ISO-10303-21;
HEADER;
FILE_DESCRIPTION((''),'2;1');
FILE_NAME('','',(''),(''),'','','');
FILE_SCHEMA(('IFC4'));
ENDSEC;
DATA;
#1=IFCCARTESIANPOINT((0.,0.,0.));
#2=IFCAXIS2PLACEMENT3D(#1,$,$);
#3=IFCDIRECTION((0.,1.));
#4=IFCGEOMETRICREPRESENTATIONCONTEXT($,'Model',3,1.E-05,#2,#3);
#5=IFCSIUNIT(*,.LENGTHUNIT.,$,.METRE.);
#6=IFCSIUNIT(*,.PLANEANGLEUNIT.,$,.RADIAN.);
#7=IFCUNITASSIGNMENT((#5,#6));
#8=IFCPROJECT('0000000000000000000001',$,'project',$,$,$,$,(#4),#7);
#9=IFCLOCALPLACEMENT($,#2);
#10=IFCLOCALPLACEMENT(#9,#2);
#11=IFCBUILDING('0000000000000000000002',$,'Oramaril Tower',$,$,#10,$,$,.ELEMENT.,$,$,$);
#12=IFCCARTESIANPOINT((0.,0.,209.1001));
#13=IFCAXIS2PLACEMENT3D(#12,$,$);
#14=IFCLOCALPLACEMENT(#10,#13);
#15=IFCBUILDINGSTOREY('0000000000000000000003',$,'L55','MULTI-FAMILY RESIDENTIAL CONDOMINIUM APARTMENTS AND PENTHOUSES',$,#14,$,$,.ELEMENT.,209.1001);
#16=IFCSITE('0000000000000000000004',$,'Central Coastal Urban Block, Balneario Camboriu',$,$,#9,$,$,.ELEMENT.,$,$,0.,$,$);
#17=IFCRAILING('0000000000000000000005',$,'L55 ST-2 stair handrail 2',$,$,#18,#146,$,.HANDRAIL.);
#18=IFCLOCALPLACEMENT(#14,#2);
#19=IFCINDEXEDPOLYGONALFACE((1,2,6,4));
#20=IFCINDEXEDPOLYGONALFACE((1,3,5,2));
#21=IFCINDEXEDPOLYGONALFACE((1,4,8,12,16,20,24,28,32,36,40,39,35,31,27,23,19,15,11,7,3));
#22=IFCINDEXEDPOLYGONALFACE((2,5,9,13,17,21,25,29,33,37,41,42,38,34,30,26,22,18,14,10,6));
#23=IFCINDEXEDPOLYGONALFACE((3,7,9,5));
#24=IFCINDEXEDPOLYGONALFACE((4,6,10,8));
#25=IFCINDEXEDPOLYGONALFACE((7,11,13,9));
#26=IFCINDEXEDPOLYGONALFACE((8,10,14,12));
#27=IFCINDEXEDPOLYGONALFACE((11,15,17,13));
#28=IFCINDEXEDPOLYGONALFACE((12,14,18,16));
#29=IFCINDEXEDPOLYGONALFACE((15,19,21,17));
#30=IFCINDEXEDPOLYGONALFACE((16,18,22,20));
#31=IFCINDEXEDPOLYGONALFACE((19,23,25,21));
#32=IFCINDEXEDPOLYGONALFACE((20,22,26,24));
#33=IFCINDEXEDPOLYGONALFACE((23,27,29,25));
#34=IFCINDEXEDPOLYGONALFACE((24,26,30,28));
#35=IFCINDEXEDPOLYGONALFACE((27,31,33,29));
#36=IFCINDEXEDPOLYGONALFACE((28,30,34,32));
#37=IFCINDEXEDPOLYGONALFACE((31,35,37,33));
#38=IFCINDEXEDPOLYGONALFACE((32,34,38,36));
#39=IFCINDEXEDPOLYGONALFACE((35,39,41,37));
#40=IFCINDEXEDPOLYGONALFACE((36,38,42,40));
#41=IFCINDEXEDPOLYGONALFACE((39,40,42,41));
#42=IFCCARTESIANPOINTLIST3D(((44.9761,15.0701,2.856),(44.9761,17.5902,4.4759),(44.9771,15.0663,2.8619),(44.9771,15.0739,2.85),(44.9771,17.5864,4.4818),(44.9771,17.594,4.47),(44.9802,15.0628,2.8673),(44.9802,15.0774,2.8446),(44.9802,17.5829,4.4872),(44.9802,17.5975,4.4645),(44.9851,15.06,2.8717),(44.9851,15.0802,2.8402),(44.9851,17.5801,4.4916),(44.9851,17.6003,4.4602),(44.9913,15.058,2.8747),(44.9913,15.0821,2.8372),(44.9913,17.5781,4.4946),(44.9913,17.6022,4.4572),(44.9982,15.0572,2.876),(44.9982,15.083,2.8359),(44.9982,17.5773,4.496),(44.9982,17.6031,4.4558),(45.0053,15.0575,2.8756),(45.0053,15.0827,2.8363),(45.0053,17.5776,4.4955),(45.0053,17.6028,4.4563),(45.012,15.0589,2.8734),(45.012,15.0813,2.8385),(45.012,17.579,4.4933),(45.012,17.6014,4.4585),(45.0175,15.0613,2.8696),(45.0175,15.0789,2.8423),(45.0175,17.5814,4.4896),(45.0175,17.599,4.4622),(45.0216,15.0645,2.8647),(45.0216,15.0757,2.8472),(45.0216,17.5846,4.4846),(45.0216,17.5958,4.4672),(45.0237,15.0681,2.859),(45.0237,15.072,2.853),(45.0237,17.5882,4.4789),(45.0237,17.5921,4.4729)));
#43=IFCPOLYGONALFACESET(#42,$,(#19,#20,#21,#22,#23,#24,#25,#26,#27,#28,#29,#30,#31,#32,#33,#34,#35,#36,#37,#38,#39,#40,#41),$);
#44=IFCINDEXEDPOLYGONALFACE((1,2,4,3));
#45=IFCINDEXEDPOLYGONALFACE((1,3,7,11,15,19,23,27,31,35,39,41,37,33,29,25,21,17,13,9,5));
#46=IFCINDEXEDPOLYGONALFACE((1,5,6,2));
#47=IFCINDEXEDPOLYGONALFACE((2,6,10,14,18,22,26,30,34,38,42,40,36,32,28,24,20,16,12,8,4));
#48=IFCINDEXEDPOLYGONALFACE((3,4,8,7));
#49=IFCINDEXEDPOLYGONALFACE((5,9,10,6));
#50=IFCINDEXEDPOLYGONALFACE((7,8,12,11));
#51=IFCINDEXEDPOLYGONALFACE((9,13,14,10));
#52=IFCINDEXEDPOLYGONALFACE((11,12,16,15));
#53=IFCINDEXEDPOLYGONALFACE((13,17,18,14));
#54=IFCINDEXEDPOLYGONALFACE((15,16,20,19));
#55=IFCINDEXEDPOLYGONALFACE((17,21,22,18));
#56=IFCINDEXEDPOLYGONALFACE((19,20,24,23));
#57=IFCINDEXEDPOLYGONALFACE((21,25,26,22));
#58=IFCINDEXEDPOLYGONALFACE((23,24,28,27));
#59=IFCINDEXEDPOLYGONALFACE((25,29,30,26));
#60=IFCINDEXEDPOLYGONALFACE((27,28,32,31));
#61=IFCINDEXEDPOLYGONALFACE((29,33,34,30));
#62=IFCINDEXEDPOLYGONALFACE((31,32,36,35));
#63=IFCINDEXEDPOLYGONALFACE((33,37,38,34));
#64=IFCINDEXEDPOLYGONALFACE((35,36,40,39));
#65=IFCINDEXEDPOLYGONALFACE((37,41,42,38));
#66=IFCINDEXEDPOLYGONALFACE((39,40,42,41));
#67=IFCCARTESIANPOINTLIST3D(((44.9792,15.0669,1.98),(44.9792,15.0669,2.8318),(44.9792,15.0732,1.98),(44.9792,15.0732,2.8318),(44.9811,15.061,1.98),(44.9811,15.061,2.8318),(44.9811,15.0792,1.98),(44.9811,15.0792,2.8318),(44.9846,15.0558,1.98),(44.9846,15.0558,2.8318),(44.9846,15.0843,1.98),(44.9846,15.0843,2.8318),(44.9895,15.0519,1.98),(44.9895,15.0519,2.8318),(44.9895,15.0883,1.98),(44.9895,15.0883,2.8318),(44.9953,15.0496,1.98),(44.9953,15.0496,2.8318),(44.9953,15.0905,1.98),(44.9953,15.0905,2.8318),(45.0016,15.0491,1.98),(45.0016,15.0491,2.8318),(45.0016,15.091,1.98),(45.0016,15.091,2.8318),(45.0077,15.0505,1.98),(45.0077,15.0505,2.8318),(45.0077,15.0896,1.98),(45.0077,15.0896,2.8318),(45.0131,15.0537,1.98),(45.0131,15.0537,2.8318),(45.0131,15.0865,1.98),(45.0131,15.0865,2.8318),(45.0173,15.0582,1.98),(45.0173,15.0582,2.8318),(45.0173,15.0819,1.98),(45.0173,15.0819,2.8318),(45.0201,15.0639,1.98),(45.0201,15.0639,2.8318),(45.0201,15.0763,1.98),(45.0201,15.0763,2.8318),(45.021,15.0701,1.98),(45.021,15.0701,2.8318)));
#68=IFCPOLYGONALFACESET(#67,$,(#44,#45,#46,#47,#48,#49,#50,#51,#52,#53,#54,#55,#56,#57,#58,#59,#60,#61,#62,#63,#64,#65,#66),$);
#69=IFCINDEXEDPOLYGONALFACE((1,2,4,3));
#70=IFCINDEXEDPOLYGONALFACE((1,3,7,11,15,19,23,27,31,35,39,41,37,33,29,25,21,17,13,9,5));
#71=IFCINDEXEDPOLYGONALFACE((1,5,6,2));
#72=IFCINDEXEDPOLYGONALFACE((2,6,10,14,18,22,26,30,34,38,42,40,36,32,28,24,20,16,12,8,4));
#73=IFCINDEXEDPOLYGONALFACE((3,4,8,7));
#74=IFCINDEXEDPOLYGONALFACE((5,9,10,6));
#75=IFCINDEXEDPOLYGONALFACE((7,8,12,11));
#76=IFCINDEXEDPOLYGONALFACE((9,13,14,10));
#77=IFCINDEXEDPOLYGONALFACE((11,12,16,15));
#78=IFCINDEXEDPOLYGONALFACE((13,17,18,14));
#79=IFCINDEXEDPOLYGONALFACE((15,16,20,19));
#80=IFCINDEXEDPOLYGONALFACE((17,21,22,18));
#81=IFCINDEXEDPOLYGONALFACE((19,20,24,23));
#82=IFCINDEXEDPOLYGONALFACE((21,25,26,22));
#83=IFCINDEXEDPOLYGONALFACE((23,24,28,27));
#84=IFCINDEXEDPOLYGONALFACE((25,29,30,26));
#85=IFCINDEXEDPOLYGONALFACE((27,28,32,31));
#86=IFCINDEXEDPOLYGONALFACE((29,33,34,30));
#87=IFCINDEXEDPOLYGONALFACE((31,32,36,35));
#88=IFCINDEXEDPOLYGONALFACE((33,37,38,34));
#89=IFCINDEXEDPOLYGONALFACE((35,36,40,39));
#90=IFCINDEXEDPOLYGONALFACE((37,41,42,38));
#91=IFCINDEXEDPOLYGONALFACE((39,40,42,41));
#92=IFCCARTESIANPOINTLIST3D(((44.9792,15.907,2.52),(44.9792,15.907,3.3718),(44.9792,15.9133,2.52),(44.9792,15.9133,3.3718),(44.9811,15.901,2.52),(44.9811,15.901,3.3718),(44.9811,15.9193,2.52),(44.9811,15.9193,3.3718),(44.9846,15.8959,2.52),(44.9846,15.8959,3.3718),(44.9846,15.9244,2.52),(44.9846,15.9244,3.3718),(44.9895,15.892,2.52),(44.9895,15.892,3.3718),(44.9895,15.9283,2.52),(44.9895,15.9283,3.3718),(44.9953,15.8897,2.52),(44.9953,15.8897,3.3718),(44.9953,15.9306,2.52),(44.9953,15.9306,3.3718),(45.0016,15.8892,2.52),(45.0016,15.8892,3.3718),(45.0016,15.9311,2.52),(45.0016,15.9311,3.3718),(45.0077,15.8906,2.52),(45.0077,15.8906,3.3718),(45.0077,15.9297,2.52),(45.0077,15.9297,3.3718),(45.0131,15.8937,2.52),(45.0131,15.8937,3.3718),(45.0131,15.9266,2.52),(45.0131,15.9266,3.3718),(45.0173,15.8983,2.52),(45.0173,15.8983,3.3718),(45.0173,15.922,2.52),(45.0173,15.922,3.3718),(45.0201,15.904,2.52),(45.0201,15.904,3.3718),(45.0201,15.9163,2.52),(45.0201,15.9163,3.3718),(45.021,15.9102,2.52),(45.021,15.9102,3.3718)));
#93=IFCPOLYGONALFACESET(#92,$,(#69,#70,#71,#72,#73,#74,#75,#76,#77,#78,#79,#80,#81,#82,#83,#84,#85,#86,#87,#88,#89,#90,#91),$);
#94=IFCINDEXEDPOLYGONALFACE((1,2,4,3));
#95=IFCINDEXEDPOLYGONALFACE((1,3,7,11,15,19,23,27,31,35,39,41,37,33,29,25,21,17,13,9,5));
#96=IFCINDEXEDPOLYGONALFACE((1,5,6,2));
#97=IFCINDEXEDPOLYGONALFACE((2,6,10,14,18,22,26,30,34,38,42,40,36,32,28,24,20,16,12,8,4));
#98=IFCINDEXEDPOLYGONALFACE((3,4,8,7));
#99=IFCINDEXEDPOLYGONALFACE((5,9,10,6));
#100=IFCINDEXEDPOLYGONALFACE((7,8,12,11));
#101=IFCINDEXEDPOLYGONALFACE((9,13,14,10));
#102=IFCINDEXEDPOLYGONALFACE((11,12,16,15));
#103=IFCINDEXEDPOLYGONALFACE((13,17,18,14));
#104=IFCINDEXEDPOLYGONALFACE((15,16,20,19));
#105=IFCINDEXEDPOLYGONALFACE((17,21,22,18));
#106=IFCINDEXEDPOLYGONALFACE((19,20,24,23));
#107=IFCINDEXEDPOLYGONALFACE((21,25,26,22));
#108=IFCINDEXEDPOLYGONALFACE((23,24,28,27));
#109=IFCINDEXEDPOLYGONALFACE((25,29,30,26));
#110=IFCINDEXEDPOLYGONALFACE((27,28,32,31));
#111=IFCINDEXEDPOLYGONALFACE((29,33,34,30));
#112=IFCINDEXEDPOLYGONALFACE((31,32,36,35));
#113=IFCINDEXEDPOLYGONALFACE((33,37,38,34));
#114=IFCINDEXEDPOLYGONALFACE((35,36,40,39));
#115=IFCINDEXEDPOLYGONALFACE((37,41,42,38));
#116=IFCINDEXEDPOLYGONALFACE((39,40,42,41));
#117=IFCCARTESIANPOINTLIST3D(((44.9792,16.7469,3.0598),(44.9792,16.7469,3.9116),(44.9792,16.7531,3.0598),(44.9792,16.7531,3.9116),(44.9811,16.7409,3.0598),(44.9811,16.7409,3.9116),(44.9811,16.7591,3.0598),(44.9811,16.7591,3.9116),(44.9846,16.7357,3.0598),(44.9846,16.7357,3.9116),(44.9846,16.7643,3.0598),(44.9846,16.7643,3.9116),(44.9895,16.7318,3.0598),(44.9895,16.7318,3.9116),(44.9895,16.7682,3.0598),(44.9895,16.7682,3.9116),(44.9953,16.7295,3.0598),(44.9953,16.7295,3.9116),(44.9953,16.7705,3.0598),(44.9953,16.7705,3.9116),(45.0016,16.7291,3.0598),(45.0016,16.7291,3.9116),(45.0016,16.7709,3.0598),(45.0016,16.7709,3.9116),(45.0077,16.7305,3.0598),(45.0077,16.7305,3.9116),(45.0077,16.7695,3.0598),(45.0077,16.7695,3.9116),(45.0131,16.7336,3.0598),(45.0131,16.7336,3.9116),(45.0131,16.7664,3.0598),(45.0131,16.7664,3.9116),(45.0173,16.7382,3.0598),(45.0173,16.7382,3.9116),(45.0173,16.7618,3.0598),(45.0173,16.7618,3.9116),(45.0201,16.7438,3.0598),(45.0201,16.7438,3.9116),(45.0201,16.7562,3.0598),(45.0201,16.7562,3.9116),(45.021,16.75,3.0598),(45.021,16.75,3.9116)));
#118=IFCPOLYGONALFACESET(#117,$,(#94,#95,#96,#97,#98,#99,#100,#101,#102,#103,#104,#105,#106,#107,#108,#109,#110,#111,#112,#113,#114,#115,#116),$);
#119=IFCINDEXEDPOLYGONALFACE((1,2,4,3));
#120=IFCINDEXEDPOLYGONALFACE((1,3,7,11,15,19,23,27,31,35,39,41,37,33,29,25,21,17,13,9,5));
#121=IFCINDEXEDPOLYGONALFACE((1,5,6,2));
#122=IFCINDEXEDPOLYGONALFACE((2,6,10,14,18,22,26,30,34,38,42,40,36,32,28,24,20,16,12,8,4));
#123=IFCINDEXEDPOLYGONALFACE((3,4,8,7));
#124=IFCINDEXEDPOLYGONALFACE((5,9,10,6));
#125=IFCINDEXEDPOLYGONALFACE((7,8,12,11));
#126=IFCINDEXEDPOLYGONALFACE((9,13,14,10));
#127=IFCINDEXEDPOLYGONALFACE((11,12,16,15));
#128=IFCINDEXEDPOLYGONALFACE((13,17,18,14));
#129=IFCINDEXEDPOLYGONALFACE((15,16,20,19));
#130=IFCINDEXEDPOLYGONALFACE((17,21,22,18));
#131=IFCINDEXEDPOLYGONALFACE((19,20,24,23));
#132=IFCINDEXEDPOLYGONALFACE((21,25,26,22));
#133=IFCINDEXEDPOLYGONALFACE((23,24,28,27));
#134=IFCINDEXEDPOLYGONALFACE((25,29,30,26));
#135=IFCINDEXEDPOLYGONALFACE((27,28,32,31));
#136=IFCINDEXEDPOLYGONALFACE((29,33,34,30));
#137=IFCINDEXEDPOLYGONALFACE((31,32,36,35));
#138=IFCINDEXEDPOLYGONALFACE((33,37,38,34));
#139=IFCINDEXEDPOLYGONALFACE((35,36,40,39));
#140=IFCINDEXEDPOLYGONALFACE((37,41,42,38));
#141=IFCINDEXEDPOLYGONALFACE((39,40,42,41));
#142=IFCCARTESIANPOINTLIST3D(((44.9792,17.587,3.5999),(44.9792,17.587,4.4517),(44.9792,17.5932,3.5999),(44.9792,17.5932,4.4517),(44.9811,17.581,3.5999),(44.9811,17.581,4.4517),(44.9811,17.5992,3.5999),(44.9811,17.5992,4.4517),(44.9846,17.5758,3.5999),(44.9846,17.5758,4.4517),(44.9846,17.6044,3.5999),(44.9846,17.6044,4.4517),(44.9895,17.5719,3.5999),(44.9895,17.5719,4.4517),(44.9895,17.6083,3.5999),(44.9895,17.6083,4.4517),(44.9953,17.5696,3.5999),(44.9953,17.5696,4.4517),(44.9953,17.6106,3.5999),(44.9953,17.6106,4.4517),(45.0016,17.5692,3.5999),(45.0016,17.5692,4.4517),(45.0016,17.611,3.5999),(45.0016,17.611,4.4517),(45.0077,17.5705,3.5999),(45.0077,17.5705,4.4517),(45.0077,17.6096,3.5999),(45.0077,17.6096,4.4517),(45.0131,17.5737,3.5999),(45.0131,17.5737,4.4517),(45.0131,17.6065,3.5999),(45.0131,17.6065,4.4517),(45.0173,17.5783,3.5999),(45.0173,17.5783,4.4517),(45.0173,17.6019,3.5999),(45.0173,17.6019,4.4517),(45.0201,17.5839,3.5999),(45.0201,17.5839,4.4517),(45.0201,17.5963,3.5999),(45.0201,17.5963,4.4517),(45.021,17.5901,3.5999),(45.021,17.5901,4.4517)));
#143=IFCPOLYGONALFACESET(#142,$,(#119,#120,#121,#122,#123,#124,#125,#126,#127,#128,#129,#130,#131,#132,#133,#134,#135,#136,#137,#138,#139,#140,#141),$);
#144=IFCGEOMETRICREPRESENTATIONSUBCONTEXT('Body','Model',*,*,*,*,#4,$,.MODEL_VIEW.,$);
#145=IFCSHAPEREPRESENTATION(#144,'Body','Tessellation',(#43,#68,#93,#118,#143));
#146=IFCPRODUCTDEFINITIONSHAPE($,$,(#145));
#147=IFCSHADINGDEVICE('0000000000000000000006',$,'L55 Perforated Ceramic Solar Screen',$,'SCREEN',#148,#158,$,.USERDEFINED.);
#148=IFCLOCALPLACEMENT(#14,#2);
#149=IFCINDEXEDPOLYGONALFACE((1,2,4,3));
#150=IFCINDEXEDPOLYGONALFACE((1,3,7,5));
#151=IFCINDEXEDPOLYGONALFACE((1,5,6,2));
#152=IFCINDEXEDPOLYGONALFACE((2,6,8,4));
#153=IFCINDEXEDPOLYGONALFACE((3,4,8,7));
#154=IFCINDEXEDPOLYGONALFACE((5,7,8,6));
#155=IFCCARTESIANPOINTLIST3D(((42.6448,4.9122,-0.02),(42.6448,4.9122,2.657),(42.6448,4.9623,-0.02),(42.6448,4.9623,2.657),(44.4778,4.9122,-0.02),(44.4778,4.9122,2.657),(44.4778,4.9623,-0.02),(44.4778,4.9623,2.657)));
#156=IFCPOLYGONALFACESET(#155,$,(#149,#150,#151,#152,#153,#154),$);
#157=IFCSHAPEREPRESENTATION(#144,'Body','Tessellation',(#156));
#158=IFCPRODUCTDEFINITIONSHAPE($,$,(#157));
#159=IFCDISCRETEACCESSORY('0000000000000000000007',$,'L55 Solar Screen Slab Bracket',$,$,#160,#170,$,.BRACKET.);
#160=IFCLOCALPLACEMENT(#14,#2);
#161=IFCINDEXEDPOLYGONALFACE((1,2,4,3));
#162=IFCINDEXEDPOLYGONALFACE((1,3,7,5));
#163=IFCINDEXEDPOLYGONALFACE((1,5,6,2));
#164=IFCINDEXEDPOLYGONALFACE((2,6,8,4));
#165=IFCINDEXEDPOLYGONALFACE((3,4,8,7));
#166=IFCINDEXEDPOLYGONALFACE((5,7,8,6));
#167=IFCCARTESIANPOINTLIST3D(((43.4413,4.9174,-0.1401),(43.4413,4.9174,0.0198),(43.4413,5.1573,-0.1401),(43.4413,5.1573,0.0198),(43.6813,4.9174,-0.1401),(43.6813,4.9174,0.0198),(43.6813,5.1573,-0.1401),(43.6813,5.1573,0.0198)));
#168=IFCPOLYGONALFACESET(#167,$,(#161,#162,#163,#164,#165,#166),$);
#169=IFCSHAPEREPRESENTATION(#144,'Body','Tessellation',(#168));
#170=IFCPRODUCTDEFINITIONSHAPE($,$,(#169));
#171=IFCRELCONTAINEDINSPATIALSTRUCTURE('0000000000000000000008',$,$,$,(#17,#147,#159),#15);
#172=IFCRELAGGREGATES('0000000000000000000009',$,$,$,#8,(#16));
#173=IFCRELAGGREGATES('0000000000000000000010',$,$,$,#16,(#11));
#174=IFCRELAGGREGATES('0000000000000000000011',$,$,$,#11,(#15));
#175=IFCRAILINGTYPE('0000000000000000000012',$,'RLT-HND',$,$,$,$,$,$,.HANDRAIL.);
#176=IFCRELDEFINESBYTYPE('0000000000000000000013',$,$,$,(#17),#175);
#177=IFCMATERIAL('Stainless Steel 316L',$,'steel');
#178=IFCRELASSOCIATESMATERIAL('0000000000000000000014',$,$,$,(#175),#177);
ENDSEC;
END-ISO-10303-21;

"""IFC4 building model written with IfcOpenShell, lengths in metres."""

from ifc_helpers import new_model, si_unit, direction, frame, origin, origin_2d, place, context, subcontext, project, spatial, rectangle, circle, extrude, material, type_object, element, save


model = new_model("IFC4")

# Units and contexts
model_context = context("Model", 3, precision=1e-05, world=origin(), true_north=direction((0.0, 1.0)))
body_context = subcontext(model_context, "Body", "Model", "MODEL_VIEW")
ifc_project = project(units=[si_unit("LENGTHUNIT", "METRE"), si_unit("PLANEANGLEUNIT", "RADIAN")], contexts=[model_context])

# Site, building, storey
site_placement = place(None, origin())
site = spatial("IfcSite", under=ifc_project, at=site_placement, Name="Central Coastal Urban Block, Balneario Camboriu", CompositionType="ELEMENT", RefElevation=0.0)
building_placement = place(site_placement, origin())
building = spatial("IfcBuilding", under=site, at=building_placement, Name="Oramaril Tower", CompositionType="ELEMENT")
storey_placement = place(building_placement, frame((0.0, 0.0, 209.1001)))
storey = spatial("IfcBuildingStorey", under=building, at=storey_placement, Name="L55", Description="MULTI-FAMILY RESIDENTIAL CONDOMINIUM APARTMENTS AND PENTHOUSES", CompositionType="ELEMENT", Elevation=209.1001)

# Railing
ifc_material_1 = material(Name="Stainless Steel 316L", Category="steel")
railing_type_1 = type_object("IfcRailingType", Name="RLT-HND", PredefinedType="HANDRAIL", material=ifc_material_1)
railing_1_placement = place(storey_placement, frame((45.0, 15.0701, 1.98)))
element("IfcRailing", 1, at=railing_1_placement, inside=storey, type_object=railing_type_1, Name="L55 ST-2 stair handrail 2", PredefinedType="HANDRAIL", context=body_context, shape_type="SweptSolid", body=[
    extrude(circle(Radius=0.0239, at=origin_2d()), frame((0.0, 0.0, 0.876), z_axis=(0.0, 0.8412, 0.540725), x_axis=(-1.0, 0.0, 0.0)), (0.0, 0.0, 1.0), 2.9958),
    extrude(circle(Radius=0.021, at=origin_2d()), origin(), (0.0, 0.0, 1.0), 0.8518),
    extrude(circle(Radius=0.021, at=origin_2d()), frame((0.0, 0.8401, 0.54)), (0.0, 0.0, 1.0), 0.8518),
    extrude(circle(Radius=0.021, at=origin_2d()), frame((0.0, 1.6799, 1.0798)), (0.0, 0.0, 1.0), 0.8518),
    extrude(circle(Radius=0.021, at=origin_2d()), frame((0.0, 2.52, 1.6199)), (0.0, 0.0, 1.0), 0.8518),
])

# Shading device
shading_device_placement = place(storey_placement, frame((43.5613, 4.9373, -0.02), z_axis=(0.0, 0.0, 1.0), x_axis=(1.0, 0.0, 0.0)))
element("IfcShadingDevice", 2, at=shading_device_placement, inside=storey, Name="L55 Perforated Ceramic Solar Screen", ObjectType="SCREEN", PredefinedType="USERDEFINED", context=body_context, shape_type="SweptSolid", body=[
    extrude(rectangle(XDim=1.833, YDim=0.05, at=origin_2d()), origin(), (0.0, 0.0, 1.0), 2.677),
])

# Discrete accessory
discrete_accessory_placement = place(storey_placement, frame((43.5613, 5.0374, -0.1401), z_axis=(0.0, 0.0, 1.0), x_axis=(1.0, 0.0, 0.0)))
element("IfcDiscreteAccessory", 3, at=discrete_accessory_placement, inside=storey, Name="L55 Solar Screen Slab Bracket", PredefinedType="BRACKET", context=body_context, shape_type="SweptSolid", body=[
    extrude(rectangle(XDim=0.24, YDim=0.24, at=origin_2d()), origin(), (0.0, 0.0, 1.0), 0.1599),
])

save(model, "model.ifc")
